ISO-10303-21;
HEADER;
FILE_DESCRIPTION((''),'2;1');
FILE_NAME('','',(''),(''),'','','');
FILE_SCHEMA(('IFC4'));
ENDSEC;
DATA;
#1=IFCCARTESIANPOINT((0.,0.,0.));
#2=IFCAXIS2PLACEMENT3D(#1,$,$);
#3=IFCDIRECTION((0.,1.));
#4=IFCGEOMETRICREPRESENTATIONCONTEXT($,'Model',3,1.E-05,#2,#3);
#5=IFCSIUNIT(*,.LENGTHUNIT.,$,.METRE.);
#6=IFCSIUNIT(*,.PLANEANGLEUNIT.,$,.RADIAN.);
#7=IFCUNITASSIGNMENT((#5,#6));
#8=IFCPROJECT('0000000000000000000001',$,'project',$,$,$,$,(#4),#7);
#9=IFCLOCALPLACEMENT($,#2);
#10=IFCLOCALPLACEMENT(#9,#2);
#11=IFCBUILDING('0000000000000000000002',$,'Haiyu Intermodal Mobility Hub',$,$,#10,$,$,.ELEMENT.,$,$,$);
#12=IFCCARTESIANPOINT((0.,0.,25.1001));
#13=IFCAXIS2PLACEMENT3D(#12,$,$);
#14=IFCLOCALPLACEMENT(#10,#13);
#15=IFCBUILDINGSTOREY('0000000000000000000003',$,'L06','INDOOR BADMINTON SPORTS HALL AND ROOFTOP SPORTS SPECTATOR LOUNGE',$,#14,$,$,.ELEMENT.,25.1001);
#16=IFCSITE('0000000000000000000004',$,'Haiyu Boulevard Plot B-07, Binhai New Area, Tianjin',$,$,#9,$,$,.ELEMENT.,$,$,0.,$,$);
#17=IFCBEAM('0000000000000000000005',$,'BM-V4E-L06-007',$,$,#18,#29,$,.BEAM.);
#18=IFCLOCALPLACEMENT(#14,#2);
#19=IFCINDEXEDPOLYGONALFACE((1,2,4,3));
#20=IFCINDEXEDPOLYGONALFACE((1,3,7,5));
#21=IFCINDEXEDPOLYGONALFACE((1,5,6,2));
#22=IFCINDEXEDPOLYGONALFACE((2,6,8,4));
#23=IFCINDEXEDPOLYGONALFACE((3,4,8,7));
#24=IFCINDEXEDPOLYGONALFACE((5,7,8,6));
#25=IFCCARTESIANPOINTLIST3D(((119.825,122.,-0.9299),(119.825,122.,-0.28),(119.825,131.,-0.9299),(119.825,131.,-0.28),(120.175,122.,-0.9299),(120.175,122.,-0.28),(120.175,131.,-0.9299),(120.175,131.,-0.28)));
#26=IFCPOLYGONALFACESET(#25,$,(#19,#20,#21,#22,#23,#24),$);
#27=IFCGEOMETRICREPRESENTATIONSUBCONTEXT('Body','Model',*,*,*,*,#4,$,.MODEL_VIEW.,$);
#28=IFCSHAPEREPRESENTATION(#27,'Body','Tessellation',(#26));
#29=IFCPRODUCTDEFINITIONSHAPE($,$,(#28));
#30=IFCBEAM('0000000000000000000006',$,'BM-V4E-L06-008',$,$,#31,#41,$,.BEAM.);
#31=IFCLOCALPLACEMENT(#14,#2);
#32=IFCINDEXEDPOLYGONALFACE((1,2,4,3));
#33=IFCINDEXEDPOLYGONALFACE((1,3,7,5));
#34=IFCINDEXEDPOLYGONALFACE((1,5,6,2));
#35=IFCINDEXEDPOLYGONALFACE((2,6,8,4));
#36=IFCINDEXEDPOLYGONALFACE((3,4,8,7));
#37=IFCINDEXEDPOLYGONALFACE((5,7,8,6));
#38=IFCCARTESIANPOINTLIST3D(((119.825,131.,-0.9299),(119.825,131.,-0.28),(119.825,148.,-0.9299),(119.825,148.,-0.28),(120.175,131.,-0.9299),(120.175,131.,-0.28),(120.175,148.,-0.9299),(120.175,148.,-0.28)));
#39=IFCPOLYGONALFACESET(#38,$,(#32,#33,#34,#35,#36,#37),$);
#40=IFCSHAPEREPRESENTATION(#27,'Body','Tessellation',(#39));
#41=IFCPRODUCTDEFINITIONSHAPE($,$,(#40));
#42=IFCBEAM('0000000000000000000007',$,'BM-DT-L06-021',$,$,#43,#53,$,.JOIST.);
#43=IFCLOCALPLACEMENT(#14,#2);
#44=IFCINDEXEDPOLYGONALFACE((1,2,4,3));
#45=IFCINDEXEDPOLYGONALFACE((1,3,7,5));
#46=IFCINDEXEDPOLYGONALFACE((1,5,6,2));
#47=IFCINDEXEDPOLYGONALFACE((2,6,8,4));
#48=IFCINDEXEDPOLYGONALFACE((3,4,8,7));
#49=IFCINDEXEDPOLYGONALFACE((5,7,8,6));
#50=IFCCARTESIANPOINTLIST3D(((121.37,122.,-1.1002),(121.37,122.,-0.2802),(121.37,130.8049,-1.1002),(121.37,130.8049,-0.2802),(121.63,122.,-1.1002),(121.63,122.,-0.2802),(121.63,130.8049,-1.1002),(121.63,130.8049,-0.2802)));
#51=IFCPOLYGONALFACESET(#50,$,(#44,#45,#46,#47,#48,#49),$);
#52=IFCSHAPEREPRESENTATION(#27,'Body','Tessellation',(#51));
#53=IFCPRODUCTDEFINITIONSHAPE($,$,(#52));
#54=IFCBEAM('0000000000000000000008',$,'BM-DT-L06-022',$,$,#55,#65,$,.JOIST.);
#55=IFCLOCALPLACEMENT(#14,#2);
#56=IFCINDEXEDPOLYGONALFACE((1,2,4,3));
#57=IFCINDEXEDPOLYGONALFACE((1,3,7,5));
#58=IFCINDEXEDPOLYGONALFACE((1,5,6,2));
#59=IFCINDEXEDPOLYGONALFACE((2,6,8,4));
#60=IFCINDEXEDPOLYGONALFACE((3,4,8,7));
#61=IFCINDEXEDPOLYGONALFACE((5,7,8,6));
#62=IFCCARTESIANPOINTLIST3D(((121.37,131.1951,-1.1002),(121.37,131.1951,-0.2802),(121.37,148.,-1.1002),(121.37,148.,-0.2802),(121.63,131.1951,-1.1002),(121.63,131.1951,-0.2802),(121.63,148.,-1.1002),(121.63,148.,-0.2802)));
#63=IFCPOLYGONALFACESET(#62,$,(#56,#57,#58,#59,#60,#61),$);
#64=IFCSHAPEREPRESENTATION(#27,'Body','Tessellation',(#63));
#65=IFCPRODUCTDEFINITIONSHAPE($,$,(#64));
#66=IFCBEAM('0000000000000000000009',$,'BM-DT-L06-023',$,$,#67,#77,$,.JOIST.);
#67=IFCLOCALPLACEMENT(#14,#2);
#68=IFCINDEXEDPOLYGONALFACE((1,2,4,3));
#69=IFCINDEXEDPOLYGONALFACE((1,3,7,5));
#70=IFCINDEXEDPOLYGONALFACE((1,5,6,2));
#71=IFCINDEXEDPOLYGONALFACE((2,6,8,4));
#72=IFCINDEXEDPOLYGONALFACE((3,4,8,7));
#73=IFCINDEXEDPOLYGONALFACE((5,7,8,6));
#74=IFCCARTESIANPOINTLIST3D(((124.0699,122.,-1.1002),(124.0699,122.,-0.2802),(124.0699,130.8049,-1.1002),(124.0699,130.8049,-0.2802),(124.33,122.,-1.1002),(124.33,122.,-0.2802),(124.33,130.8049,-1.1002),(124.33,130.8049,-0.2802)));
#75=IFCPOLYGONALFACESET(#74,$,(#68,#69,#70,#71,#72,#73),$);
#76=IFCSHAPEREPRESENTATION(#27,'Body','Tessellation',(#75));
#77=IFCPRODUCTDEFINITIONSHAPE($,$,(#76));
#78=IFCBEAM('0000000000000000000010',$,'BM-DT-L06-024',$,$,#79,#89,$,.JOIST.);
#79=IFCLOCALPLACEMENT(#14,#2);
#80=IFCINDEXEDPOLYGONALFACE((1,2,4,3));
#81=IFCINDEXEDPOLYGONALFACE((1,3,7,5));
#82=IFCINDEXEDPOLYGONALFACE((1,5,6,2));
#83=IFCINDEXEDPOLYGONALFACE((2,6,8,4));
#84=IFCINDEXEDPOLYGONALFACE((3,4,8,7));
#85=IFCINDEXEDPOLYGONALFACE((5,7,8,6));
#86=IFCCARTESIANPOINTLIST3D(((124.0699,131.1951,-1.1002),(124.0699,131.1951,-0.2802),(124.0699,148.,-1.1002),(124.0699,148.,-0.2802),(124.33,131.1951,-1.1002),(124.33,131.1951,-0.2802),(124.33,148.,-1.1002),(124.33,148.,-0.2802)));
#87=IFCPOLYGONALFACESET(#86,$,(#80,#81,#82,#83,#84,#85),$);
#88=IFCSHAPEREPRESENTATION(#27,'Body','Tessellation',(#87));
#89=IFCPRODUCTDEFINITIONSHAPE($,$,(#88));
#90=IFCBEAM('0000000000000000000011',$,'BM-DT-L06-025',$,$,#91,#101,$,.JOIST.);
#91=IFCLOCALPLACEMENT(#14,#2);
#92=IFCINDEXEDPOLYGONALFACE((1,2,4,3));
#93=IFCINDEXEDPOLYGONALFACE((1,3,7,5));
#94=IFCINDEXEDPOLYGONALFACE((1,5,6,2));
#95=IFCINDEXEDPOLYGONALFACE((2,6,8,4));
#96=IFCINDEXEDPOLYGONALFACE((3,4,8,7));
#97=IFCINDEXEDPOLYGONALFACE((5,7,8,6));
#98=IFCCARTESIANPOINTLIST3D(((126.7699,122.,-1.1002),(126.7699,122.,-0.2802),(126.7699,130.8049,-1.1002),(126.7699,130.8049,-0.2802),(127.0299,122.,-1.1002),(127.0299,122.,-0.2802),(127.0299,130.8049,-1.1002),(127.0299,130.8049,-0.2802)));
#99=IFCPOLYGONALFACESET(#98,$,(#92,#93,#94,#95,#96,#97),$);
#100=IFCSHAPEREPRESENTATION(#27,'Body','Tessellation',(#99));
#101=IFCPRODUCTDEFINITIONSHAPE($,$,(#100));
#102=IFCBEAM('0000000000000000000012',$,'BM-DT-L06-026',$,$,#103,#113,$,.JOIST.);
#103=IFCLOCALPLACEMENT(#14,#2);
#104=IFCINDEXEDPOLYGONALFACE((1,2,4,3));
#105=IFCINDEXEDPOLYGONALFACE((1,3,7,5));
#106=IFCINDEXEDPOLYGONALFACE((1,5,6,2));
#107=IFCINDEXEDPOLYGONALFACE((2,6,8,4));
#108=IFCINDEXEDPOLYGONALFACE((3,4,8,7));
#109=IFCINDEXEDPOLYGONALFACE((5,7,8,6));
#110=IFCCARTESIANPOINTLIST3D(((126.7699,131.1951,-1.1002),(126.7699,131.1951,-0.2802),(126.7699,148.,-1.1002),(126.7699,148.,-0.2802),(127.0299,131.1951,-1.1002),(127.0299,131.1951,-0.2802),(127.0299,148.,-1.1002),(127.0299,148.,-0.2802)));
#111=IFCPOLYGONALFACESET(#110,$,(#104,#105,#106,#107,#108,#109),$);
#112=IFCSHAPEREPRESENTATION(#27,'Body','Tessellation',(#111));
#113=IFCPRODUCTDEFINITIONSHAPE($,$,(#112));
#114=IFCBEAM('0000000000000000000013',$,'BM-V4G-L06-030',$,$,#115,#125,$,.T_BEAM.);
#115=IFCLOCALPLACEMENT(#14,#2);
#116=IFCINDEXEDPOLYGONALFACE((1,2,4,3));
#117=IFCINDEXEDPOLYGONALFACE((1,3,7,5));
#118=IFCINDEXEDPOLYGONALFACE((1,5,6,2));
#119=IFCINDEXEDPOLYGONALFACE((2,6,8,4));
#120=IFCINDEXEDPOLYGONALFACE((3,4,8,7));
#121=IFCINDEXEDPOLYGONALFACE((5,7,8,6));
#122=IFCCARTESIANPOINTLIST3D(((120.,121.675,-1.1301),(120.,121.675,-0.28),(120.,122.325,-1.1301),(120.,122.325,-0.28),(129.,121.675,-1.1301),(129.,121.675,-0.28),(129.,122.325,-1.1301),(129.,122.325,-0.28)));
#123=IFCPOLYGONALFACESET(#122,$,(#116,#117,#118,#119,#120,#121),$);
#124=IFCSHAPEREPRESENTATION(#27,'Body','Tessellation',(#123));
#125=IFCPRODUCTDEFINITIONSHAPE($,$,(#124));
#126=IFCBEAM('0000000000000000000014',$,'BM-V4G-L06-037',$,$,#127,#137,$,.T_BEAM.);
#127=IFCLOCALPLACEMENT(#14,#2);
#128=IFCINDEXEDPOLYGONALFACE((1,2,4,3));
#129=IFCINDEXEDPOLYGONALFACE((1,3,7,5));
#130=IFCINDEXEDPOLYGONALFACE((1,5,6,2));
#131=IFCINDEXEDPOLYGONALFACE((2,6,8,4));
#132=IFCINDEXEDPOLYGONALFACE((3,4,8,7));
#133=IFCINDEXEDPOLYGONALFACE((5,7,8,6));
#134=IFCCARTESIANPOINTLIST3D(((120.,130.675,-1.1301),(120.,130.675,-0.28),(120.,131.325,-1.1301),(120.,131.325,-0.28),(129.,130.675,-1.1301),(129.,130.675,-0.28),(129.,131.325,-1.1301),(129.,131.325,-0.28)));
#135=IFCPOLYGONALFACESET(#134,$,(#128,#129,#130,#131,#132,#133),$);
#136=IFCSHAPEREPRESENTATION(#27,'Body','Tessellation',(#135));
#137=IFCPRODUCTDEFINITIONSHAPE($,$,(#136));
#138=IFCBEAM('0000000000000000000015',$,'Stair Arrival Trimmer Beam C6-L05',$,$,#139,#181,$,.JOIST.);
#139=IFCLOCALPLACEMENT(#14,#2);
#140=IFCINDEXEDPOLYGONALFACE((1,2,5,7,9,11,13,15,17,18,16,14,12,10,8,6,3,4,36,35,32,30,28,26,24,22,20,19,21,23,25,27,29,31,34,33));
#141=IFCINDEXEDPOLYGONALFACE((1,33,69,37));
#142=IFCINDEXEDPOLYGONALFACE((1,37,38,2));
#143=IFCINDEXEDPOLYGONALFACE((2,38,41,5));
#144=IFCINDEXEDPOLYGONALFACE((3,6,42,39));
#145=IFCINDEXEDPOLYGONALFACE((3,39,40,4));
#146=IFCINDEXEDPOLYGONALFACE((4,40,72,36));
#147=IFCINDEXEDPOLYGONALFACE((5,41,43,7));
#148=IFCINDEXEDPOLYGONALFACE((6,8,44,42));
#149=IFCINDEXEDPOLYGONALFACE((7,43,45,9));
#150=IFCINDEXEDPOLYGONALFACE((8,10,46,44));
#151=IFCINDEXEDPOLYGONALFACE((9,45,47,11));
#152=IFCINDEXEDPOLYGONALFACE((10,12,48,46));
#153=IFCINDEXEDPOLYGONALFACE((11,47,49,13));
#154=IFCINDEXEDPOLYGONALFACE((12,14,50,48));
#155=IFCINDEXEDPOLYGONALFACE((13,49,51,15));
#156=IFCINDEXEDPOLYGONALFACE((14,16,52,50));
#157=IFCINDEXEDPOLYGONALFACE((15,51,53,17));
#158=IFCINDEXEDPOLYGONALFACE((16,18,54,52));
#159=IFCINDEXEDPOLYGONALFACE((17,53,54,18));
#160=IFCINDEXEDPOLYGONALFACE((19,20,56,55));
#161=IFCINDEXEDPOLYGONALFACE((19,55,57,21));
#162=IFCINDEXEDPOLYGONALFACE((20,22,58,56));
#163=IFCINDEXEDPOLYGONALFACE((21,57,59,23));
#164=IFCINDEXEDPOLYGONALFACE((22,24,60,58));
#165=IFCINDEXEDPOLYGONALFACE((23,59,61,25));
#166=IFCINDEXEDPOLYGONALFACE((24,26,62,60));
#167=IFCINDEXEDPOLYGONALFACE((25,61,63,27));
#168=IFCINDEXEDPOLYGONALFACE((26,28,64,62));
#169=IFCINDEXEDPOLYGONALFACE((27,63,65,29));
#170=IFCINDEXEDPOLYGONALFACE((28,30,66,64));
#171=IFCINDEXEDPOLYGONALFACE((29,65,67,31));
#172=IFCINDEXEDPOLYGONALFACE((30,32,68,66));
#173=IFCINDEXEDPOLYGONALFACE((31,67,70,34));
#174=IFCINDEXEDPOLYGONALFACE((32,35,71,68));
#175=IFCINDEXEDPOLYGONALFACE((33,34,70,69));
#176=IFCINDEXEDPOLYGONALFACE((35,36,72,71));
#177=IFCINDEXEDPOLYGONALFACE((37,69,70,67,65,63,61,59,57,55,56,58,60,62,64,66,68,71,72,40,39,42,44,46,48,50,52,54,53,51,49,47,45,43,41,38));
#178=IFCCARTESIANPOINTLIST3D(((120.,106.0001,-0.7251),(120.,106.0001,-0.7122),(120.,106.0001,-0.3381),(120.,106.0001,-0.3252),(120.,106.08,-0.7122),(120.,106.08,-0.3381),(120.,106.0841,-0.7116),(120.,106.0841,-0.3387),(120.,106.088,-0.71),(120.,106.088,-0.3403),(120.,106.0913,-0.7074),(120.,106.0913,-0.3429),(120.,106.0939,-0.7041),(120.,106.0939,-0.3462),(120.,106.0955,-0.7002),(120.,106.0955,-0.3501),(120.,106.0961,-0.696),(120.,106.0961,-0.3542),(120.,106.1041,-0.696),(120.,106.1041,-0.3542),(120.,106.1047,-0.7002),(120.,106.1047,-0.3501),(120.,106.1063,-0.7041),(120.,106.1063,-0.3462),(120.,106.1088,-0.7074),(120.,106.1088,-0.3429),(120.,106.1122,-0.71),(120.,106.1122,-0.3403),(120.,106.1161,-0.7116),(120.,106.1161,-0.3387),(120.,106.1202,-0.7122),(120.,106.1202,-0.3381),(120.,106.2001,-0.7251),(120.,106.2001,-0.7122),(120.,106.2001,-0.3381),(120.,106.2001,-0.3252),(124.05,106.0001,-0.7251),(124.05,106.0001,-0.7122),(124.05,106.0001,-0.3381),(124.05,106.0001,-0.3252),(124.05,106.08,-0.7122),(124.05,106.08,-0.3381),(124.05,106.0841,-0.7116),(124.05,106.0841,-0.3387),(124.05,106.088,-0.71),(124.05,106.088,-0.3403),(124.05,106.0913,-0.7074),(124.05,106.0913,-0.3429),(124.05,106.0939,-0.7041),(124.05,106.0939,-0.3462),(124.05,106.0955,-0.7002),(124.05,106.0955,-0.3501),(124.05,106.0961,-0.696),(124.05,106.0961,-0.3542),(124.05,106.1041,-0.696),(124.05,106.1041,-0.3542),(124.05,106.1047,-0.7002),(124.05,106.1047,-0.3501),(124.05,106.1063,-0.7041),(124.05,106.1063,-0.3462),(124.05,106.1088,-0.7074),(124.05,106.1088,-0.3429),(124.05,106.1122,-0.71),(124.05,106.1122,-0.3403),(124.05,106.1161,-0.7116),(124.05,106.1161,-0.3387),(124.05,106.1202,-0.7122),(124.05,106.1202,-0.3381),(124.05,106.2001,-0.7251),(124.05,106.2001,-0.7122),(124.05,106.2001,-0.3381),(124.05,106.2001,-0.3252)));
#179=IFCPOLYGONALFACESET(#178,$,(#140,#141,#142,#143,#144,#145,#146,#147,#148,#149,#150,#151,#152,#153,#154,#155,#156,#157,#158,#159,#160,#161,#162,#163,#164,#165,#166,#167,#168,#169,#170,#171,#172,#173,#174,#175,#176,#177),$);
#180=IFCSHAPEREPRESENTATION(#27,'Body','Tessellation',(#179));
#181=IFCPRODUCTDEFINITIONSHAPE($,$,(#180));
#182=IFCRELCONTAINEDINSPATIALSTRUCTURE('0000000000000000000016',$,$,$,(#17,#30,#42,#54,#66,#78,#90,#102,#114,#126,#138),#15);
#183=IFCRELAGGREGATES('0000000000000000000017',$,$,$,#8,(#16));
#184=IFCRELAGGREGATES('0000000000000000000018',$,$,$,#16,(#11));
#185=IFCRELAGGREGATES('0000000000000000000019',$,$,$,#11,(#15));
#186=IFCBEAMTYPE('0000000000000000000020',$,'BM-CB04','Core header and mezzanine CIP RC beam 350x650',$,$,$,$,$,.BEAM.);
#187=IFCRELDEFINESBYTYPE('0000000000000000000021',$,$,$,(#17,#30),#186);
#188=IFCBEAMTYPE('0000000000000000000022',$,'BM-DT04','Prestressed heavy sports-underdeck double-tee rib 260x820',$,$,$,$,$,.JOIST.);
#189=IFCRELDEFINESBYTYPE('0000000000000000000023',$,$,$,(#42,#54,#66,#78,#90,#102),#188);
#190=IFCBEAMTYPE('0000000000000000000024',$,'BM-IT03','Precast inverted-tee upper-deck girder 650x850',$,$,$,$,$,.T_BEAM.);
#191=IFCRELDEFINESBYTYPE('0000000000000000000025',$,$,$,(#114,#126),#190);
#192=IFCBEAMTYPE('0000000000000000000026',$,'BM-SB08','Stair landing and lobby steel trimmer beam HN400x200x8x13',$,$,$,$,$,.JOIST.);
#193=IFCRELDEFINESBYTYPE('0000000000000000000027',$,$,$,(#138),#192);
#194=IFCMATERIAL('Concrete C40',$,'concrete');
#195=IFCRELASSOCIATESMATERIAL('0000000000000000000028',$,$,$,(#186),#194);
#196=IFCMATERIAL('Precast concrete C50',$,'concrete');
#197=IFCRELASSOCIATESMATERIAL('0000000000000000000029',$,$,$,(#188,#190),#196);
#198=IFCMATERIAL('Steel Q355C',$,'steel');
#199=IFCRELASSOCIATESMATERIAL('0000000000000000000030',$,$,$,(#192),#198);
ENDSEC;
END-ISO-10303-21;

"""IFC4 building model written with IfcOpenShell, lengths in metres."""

from ifc_helpers import new_model, si_unit, direction, frame, origin, origin_2d, place, context, subcontext, project, spatial, rectangle, i_section, extrude, material, material_profile, profile_set, type_object, element, save


model = new_model("IFC4")

# Units and contexts
model_context = context("Model", 3, precision=1e-05, world=origin(), true_north=direction((0.0, 1.0)))
body_context = subcontext(model_context, "Body", "Model", "MODEL_VIEW")
ifc_project = project(units=[si_unit("LENGTHUNIT", "METRE"), si_unit("PLANEANGLEUNIT", "RADIAN")], contexts=[model_context])

# Site, building, storey
site_placement = place(None, origin())
site = spatial("IfcSite", under=ifc_project, at=site_placement, Name="Haiyu Boulevard Plot B-07, Binhai New Area, Tianjin", CompositionType="ELEMENT", RefElevation=0.0)
building_placement = place(site_placement, origin())
building = spatial("IfcBuilding", under=site, at=building_placement, Name="Haiyu Intermodal Mobility Hub", CompositionType="ELEMENT")
storey_placement = place(building_placement, frame((0.0, 0.0, 25.1001)))
storey = spatial("IfcBuildingStorey", under=building, at=storey_placement, Name="L06", Description="INDOOR BADMINTON SPORTS HALL AND ROOFTOP SPORTS SPECTATOR LOUNGE", CompositionType="ELEMENT", Elevation=25.1001)

# Beams
ifc_material_1 = material(Name="Concrete C40", Category="concrete")
ifc_material_profile_1 = material_profile(ifc_material_1, rectangle(XDim=0.3501, YDim=0.6499, at=origin_2d()), Name="RCB350x650")
ifc_profile_set_1 = profile_set([ifc_material_profile_1], Name="Concrete C40")
beam_type_1 = type_object("IfcBeamType", Name="BM-CB04", Description="Core header and mezzanine CIP RC beam 350x650", PredefinedType="BEAM", material=ifc_profile_set_1)
beam_1_placement = place(storey_placement, frame((120.0, 122.0, -0.605), z_axis=(0.0, 1.0, 0.0), x_axis=(-1.0, 0.0, 0.0)))
element("IfcBeam", 1, at=beam_1_placement, inside=storey, type_object=beam_type_1, Name="BM-V4E-L06-007", PredefinedType="BEAM", context=body_context, shape_type="SweptSolid", body=[
    extrude(rectangle(XDim=0.3501, YDim=0.6499, at=origin_2d()), origin(), (0.0, 0.0, 1.0), 9.0),
])
beam_2_placement = place(storey_placement, frame((120.0, 131.0, -0.605), z_axis=(0.0, 1.0, 0.0), x_axis=(-1.0, 0.0, 0.0)))
element("IfcBeam", 2, at=beam_2_placement, inside=storey, type_object=beam_type_1, Name="BM-V4E-L06-008", PredefinedType="BEAM", context=body_context, shape_type="SweptSolid", body=[
    extrude(rectangle(XDim=0.3501, YDim=0.6499, at=origin_2d()), origin(), (0.0, 0.0, 1.0), 17.0),
])
ifc_material_2 = material(Name="Precast concrete C50", Category="concrete")
ifc_material_profile_2 = material_profile(ifc_material_2, rectangle(XDim=0.26, YDim=0.8201, at=origin_2d()), Name="PC260x820")
ifc_profile_set_2 = profile_set([ifc_material_profile_2], Name="Precast concrete C50")
beam_type_2 = type_object("IfcBeamType", Name="BM-DT04", Description="Prestressed heavy sports-underdeck double-tee rib 260x820", PredefinedType="JOIST", material=ifc_profile_set_2)
beam_3_placement = place(storey_placement, frame((121.5, 122.0, -0.6902), z_axis=(0.0, 1.0, 0.0), x_axis=(-1.0, 0.0, 0.0)))
element("IfcBeam", 3, at=beam_3_placement, inside=storey, type_object=beam_type_2, Name="BM-DT-L06-021", PredefinedType="JOIST", context=body_context, shape_type="SweptSolid", body=[
    extrude(rectangle(XDim=0.26, YDim=0.8201, at=origin_2d()), origin(), (0.0, 0.0, 1.0), 8.8049),
])
beam_4_placement = place(storey_placement, frame((121.5, 131.1951, -0.6902), z_axis=(0.0, 1.0, 0.0), x_axis=(-1.0, 0.0, 0.0)))
element("IfcBeam", 4, at=beam_4_placement, inside=storey, type_object=beam_type_2, Name="BM-DT-L06-022", PredefinedType="JOIST", context=body_context, shape_type="SweptSolid", body=[
    extrude(rectangle(XDim=0.26, YDim=0.8201, at=origin_2d()), origin(), (0.0, 0.0, 1.0), 16.8049),
])
beam_5_placement = place(storey_placement, frame((124.2, 122.0, -0.6902), z_axis=(0.0, 1.0, 0.0), x_axis=(-1.0, 0.0, 0.0)))
element("IfcBeam", 5, at=beam_5_placement, inside=storey, type_object=beam_type_2, Name="BM-DT-L06-023", PredefinedType="JOIST", context=body_context, shape_type="SweptSolid", body=[
    extrude(rectangle(XDim=0.26, YDim=0.8201, at=origin_2d()), origin(), (0.0, 0.0, 1.0), 8.8049),
])
beam_6_placement = place(storey_placement, frame((124.2, 131.1951, -0.6902), z_axis=(0.0, 1.0, 0.0), x_axis=(-1.0, 0.0, 0.0)))
element("IfcBeam", 6, at=beam_6_placement, inside=storey, type_object=beam_type_2, Name="BM-DT-L06-024", PredefinedType="JOIST", context=body_context, shape_type="SweptSolid", body=[
    extrude(rectangle(XDim=0.26, YDim=0.8201, at=origin_2d()), origin(), (0.0, 0.0, 1.0), 16.8049),
])
beam_7_placement = place(storey_placement, frame((126.8999, 122.0, -0.6902), z_axis=(0.0, 1.0, 0.0), x_axis=(-1.0, 0.0, 0.0)))
element("IfcBeam", 7, at=beam_7_placement, inside=storey, type_object=beam_type_2, Name="BM-DT-L06-025", PredefinedType="JOIST", context=body_context, shape_type="SweptSolid", body=[
    extrude(rectangle(XDim=0.26, YDim=0.8201, at=origin_2d()), origin(), (0.0, 0.0, 1.0), 8.8049),
])
beam_8_placement = place(storey_placement, frame((126.8999, 131.1951, -0.6902), z_axis=(0.0, 1.0, 0.0), x_axis=(-1.0, 0.0, 0.0)))
element("IfcBeam", 8, at=beam_8_placement, inside=storey, type_object=beam_type_2, Name="BM-DT-L06-026", PredefinedType="JOIST", context=body_context, shape_type="SweptSolid", body=[
    extrude(rectangle(XDim=0.26, YDim=0.8201, at=origin_2d()), origin(), (0.0, 0.0, 1.0), 16.8049),
])
ifc_material_profile_3 = material_profile(ifc_material_2, rectangle(XDim=0.6499, YDim=0.8501, at=origin_2d()), Name="PC650x850")
ifc_profile_set_3 = profile_set([ifc_material_profile_3], Name="Precast concrete C50")
beam_type_3 = type_object("IfcBeamType", Name="BM-IT03", Description="Precast inverted-tee upper-deck girder 650x850", PredefinedType="T_BEAM", material=ifc_profile_set_3)
for number, where, z_axis, x_axis, name in (
    (9, (120.0, 122.0, -0.7051), (1.0, 0.0, 0.0), (0.0, 1.0, 0.0), "BM-V4G-L06-030"),
    (10, (120.0, 131.0, -0.7051), (1.0, 0.0, 0.0), (0.0, 1.0, 0.0), "BM-V4G-L06-037"),
):
    element("IfcBeam", number, at=place(storey_placement, frame(where, z_axis=z_axis, x_axis=x_axis)), inside=storey, type_object=beam_type_3, Name=name, PredefinedType="T_BEAM", context=body_context, shape_type="SweptSolid", body=[
        extrude(rectangle(XDim=0.6499, YDim=0.8501, at=origin_2d()), origin(), (0.0, 0.0, 1.0), 9.0),
    ])
ifc_material_3 = material(Name="Steel Q355C", Category="steel")
ifc_material_profile_4 = material_profile(ifc_material_3, i_section(OverallWidth=0.2, OverallDepth=0.3999, WebThickness=0.0081, FlangeThickness=0.0129, FilletRadius=0.0161, at=origin_2d()), Name="HN400x200x8x13")
ifc_profile_set_4 = profile_set([ifc_material_profile_4], Name="Steel Q355C")
beam_type_4 = type_object("IfcBeamType", Name="BM-SB08", Description="Stair landing and lobby steel trimmer beam HN400x200x8x13", PredefinedType="JOIST", material=ifc_profile_set_4)
beam_9_placement = place(storey_placement, frame((120.0, 106.1001, -0.5251), z_axis=(1.0, 0.0, 0.0), x_axis=(0.0, 1.0, 0.0)))
element("IfcBeam", 11, at=beam_9_placement, inside=storey, type_object=beam_type_4, Name="Stair Arrival Trimmer Beam C6-L05", PredefinedType="JOIST", context=body_context, shape_type="SweptSolid", body=[
    extrude(i_section(OverallWidth=0.2, OverallDepth=0.3999, WebThickness=0.0081, FlangeThickness=0.0129, FilletRadius=0.0161, at=origin_2d()), origin(), (0.0, 0.0, 1.0), 4.05),
])

save(model, "model.ifc")
